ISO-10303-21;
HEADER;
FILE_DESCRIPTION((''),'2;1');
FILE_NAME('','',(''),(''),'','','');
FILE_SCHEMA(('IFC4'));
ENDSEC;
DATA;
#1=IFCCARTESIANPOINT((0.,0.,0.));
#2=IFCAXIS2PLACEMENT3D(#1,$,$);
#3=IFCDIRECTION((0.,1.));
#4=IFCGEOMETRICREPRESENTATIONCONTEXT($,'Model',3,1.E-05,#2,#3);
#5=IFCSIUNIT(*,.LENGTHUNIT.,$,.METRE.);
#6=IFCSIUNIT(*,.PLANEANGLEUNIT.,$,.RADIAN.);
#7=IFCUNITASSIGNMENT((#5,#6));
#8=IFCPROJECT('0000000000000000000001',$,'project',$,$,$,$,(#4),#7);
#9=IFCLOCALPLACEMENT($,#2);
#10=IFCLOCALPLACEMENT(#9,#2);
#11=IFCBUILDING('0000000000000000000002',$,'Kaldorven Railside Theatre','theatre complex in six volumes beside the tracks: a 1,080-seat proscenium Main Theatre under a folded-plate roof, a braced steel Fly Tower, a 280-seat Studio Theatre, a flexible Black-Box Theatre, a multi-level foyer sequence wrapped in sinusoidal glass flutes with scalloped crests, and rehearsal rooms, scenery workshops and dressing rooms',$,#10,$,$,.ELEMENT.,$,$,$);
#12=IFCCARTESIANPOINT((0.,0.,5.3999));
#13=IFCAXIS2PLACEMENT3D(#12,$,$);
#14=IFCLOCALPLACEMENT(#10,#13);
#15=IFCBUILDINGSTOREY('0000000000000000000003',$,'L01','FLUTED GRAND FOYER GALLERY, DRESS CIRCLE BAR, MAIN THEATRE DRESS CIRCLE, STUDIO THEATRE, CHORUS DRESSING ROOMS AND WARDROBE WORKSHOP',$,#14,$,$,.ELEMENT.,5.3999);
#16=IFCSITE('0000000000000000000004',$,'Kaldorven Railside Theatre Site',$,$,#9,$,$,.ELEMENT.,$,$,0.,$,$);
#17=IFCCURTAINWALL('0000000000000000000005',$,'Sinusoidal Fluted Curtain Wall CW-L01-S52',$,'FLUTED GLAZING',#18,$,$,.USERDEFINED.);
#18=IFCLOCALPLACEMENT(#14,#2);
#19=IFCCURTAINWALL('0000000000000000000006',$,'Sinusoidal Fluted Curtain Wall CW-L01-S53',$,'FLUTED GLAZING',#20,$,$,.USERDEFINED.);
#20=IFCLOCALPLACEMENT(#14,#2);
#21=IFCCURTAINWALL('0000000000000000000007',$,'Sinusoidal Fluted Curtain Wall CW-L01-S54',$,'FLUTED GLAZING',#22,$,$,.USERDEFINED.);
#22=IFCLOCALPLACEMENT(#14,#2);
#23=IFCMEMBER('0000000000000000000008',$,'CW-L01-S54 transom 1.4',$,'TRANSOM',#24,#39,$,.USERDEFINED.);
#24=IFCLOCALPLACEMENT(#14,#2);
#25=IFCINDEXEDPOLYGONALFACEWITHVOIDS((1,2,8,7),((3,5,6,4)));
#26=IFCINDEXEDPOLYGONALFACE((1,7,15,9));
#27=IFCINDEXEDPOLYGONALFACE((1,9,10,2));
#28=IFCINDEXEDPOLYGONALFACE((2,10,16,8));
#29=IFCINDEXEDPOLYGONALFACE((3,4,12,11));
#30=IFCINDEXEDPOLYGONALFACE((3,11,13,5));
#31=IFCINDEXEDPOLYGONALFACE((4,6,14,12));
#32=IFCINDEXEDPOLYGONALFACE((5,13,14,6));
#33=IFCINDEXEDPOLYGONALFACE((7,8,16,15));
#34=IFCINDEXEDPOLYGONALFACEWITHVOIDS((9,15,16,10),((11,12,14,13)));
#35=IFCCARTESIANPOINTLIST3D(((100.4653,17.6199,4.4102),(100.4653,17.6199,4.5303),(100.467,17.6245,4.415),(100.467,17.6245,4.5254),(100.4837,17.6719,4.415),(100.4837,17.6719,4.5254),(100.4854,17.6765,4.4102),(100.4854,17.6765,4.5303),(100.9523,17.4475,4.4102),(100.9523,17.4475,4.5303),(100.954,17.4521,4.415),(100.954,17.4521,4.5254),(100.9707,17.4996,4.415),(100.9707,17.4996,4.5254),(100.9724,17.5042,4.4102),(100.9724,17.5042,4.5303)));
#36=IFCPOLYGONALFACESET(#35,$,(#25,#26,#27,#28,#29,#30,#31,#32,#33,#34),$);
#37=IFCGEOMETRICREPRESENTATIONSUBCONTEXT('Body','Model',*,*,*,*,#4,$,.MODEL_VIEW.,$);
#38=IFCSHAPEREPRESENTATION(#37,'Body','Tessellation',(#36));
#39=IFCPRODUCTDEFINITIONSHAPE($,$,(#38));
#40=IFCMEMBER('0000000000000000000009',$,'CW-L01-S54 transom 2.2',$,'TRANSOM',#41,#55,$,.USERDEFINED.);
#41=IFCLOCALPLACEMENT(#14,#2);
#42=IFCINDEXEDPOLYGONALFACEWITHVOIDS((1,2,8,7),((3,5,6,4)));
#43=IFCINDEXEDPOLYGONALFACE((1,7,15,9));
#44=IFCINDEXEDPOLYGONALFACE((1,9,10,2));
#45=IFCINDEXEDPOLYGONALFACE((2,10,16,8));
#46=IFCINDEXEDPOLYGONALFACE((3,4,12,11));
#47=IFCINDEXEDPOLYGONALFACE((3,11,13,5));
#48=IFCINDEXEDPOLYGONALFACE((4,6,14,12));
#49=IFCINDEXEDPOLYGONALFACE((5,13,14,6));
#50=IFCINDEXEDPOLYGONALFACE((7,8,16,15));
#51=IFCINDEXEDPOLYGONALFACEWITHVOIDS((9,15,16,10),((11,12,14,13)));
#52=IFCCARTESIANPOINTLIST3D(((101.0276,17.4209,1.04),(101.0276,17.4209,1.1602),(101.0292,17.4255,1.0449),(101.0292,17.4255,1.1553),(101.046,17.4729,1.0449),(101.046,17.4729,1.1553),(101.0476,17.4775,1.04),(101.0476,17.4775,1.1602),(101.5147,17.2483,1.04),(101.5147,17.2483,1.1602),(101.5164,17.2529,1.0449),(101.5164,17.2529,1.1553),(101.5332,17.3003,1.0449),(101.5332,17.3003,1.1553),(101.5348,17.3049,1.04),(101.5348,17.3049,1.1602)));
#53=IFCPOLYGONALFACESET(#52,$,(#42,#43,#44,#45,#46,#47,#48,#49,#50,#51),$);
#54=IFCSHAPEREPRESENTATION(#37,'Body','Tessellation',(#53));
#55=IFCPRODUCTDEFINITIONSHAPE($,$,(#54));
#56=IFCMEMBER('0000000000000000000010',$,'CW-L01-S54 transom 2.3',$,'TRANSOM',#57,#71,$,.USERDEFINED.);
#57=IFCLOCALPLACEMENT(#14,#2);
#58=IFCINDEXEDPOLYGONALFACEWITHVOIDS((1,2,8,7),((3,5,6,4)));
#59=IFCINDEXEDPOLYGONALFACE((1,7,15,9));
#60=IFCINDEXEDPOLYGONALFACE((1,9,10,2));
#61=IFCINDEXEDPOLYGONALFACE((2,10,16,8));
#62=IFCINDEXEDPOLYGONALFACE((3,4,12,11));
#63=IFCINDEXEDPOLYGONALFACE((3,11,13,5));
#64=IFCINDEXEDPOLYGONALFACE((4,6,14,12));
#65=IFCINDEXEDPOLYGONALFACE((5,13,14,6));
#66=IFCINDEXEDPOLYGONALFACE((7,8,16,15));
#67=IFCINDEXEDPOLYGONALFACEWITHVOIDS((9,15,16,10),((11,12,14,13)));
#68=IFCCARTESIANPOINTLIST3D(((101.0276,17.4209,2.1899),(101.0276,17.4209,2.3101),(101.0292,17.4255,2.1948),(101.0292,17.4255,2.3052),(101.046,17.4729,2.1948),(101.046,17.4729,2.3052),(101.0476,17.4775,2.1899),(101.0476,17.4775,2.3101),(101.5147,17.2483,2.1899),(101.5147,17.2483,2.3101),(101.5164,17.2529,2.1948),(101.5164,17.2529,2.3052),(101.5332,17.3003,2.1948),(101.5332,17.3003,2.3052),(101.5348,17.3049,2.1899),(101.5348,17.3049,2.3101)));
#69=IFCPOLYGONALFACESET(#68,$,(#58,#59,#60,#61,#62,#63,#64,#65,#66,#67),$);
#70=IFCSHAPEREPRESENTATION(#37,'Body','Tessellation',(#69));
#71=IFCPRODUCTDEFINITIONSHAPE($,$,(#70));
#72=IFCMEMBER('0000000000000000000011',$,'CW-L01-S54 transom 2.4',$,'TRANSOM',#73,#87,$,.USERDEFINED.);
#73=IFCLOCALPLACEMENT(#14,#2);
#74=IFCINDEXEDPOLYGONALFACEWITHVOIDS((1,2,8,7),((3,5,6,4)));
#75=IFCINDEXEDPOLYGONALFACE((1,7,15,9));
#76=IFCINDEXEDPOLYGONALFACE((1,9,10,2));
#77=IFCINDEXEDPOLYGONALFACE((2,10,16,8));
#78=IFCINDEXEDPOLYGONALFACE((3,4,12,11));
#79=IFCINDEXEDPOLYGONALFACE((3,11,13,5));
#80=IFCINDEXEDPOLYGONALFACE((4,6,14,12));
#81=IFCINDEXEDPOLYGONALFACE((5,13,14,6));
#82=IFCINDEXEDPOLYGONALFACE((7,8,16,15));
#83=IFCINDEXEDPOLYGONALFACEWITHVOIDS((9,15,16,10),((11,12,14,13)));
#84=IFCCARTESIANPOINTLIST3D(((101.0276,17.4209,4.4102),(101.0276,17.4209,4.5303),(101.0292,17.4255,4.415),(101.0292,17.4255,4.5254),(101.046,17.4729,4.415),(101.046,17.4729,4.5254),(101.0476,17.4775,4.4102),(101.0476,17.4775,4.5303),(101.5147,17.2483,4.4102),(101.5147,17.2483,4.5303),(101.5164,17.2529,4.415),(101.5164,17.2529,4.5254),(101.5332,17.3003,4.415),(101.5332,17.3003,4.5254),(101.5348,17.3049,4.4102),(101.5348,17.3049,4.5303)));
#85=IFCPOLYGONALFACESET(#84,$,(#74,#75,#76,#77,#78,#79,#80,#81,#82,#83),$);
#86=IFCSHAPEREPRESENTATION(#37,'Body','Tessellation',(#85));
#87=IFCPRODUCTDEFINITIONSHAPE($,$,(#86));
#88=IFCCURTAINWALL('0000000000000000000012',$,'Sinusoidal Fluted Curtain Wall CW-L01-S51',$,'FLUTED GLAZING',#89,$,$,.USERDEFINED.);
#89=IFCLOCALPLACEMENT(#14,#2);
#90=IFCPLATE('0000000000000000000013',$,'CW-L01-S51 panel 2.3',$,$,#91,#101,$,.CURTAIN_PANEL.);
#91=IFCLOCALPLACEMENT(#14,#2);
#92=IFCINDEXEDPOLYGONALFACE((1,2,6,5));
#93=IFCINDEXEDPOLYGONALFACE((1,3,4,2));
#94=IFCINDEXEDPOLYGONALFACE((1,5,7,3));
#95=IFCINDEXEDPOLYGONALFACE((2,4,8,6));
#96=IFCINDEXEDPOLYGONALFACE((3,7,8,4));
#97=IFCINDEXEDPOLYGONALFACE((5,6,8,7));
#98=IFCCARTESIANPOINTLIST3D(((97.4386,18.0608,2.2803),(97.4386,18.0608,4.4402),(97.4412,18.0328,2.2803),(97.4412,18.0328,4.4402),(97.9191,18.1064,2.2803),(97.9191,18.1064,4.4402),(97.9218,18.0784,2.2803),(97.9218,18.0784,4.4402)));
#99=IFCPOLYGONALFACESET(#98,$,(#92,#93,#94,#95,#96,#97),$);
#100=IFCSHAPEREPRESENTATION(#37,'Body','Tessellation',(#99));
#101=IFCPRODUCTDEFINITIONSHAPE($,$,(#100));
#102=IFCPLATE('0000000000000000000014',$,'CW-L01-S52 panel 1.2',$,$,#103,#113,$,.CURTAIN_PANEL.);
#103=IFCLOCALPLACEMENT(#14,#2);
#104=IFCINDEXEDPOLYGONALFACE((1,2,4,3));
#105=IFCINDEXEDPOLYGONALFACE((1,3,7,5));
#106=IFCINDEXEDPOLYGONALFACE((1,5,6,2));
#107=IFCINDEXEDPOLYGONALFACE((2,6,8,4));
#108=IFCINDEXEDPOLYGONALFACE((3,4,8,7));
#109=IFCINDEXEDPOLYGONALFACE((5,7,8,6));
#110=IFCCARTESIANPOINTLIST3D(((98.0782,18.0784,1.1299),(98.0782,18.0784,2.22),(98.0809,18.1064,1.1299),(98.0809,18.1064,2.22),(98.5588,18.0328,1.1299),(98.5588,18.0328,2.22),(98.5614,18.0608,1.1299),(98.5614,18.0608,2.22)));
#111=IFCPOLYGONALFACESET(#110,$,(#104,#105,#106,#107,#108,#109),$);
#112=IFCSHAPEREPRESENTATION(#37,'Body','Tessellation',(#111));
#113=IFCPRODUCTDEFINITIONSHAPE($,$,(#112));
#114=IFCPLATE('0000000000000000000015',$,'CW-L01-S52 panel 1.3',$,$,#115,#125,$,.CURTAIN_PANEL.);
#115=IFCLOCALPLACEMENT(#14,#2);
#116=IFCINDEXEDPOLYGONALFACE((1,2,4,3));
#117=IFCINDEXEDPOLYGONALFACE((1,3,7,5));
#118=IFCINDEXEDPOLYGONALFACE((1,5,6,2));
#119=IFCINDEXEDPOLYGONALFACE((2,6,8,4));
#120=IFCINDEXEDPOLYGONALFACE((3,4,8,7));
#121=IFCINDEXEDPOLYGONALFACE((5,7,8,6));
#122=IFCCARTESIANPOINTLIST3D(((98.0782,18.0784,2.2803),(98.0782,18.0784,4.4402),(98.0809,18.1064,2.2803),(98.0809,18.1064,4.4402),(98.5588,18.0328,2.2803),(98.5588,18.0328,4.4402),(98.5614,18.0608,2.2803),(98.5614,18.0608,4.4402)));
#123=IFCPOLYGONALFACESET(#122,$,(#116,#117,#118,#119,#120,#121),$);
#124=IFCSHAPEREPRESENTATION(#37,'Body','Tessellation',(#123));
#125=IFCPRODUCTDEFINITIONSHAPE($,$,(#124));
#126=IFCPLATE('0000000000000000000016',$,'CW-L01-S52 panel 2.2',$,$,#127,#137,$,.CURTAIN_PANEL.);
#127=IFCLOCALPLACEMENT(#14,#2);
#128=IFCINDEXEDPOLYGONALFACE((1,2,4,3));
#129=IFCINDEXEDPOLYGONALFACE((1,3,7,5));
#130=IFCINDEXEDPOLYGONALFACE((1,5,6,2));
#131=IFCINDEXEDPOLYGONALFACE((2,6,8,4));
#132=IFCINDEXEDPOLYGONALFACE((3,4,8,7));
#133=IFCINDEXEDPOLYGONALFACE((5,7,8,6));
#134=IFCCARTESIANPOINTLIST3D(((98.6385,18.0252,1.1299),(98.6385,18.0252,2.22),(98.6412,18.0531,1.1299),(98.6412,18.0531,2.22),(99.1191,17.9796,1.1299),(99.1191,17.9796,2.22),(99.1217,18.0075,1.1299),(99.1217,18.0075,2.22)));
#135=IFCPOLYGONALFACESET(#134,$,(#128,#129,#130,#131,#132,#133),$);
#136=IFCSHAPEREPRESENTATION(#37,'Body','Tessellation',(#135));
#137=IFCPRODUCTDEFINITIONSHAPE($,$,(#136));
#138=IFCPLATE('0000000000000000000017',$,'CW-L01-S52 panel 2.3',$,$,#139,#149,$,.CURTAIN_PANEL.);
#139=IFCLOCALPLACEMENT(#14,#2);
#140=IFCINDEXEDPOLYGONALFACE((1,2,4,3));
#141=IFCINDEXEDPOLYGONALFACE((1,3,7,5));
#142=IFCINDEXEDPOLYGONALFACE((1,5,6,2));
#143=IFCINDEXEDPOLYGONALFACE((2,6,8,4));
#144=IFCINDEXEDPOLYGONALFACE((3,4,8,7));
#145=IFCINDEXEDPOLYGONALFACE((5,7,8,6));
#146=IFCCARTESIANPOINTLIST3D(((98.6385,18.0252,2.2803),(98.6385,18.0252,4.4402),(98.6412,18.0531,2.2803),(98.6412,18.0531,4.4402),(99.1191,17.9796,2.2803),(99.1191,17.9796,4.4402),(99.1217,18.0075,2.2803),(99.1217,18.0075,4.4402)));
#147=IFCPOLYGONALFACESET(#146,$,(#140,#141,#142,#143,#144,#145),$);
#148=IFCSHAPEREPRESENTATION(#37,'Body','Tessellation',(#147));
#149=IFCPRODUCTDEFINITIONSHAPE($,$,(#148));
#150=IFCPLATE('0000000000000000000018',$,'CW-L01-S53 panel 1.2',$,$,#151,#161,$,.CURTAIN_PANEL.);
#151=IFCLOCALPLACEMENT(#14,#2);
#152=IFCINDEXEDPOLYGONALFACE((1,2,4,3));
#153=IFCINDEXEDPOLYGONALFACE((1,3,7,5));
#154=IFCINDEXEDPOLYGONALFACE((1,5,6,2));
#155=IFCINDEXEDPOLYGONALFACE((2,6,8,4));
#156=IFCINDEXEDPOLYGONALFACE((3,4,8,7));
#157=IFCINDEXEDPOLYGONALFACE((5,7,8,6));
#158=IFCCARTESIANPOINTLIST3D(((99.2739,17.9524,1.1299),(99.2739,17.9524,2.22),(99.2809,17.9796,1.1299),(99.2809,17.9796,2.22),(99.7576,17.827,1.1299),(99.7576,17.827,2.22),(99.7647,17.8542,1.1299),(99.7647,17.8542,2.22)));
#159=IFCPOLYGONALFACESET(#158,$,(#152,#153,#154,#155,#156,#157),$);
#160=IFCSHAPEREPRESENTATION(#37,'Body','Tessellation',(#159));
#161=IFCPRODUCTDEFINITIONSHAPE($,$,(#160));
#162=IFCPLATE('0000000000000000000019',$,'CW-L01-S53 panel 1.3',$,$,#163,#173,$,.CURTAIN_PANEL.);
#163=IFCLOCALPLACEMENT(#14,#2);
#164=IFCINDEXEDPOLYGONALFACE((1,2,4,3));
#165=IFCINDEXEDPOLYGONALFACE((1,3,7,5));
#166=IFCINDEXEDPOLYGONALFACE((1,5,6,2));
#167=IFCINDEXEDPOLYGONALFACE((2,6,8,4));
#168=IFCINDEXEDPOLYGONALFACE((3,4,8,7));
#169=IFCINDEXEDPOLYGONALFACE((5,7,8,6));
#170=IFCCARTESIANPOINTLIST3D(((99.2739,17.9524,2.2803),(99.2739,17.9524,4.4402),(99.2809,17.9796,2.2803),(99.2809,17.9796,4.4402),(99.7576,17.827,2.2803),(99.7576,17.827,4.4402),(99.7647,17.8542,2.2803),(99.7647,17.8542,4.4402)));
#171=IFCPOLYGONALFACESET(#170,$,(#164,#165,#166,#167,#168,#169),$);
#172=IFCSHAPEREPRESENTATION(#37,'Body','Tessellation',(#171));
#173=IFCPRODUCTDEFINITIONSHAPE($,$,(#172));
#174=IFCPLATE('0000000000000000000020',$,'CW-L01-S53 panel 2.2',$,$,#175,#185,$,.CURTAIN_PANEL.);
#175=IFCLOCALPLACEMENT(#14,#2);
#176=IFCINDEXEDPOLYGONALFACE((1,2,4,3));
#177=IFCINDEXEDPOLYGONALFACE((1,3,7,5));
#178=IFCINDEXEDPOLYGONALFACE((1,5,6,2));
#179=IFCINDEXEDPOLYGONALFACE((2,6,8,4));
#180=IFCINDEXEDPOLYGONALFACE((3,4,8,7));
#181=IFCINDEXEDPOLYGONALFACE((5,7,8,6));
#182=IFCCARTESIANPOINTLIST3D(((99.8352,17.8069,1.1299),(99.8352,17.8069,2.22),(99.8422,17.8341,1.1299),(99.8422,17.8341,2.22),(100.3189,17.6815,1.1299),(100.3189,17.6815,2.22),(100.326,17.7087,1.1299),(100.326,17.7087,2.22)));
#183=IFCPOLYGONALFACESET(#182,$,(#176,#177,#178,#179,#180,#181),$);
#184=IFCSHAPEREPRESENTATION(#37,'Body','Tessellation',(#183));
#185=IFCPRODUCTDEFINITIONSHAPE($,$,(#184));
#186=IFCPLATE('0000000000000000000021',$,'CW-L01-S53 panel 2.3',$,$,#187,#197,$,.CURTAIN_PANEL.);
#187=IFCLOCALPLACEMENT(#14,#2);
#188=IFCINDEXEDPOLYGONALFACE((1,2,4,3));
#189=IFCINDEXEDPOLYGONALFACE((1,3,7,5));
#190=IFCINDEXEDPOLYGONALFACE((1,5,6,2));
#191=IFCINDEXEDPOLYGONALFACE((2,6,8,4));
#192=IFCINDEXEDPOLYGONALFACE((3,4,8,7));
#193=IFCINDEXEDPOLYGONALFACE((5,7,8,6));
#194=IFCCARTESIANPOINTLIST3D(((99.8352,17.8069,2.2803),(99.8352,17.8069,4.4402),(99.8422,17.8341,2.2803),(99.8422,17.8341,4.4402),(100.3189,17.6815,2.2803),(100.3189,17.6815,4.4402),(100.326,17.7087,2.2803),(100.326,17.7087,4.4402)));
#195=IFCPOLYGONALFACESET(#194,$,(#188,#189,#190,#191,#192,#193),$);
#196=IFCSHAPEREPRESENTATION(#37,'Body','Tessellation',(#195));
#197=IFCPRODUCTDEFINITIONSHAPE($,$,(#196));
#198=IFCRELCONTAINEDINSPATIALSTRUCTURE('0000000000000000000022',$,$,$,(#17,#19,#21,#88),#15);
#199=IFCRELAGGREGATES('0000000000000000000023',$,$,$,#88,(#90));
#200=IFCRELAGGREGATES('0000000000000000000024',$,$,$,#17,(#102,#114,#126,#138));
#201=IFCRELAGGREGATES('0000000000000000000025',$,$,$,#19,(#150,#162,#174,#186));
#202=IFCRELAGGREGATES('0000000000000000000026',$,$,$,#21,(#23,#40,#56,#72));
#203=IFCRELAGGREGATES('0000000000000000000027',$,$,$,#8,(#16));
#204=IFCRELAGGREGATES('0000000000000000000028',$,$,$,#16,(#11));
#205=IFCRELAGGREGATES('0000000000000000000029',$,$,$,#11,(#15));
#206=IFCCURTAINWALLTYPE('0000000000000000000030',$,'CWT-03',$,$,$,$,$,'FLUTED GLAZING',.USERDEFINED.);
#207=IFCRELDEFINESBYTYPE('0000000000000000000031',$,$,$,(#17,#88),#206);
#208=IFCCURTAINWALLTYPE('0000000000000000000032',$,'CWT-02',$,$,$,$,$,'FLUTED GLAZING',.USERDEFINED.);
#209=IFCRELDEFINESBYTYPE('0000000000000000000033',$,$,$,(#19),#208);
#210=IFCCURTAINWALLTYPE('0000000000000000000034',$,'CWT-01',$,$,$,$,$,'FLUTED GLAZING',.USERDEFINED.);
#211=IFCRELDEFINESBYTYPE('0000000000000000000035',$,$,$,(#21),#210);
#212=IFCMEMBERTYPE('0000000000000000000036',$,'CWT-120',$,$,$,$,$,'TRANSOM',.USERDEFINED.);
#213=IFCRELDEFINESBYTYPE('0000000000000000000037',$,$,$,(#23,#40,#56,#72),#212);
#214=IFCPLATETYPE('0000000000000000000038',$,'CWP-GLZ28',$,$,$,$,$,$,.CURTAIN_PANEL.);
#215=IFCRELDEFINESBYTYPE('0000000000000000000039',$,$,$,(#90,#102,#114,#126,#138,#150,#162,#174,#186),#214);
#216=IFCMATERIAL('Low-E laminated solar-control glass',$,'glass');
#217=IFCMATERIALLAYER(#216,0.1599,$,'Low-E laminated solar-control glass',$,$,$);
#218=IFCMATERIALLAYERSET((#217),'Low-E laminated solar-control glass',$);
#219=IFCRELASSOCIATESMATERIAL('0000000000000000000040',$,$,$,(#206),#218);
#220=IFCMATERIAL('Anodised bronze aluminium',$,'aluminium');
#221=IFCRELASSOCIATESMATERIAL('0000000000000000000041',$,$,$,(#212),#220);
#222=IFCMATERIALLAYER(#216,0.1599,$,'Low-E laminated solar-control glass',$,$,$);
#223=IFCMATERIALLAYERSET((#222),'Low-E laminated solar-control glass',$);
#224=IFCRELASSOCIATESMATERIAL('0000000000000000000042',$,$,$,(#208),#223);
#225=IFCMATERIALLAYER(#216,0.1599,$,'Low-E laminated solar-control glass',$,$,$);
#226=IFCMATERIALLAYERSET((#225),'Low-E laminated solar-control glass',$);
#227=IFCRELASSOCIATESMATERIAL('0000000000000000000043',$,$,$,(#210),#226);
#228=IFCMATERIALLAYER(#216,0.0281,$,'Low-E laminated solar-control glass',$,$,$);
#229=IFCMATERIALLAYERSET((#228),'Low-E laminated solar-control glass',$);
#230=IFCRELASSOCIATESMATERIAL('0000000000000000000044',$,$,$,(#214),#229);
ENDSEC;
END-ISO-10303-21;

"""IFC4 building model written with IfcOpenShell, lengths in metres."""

from ifc_helpers import new_model, si_unit, direction, frame, origin, origin_2d, place, context, subcontext, project, spatial, rectangle, hollow_rectangle, extrude, material, layer, layer_set, material_profile, profile_set, type_object, element, aggregate, save


model = new_model("IFC4")

# Units and contexts
model_context = context("Model", 3, precision=1e-05, world=origin(), true_north=direction((0.0, 1.0)))
body_context = subcontext(model_context, "Body", "Model", "MODEL_VIEW")
ifc_project = project(units=[si_unit("LENGTHUNIT", "METRE"), si_unit("PLANEANGLEUNIT", "RADIAN")], contexts=[model_context])

# Site, building, storey
site_placement = place(None, origin())
site = spatial("IfcSite", under=ifc_project, at=site_placement, Name="Kaldorven Railside Theatre Site", CompositionType="ELEMENT", RefElevation=0.0)
building_placement = place(site_placement, origin())
building = spatial("IfcBuilding", under=site, at=building_placement, Name="Kaldorven Railside Theatre", Description="theatre complex in six volumes beside the tracks: a 1,080-seat proscenium Main Theatre under a folded-plate roof, a braced steel Fly Tower, a 280-seat Studio Theatre, a flexible Black-Box Theatre, a multi-level foyer sequence wrapped in sinusoidal glass flutes with scalloped crests, and rehearsal rooms, scenery workshops and dressing rooms", CompositionType="ELEMENT")
storey_placement = place(building_placement, frame((0.0, 0.0, 5.3999)))
storey = spatial("IfcBuildingStorey", under=building, at=storey_placement, Name="L01", Description="FLUTED GRAND FOYER GALLERY, DRESS CIRCLE BAR, MAIN THEATRE DRESS CIRCLE, STUDIO THEATRE, CHORUS DRESSING ROOMS AND WARDROBE WORKSHOP", CompositionType="ELEMENT", Elevation=5.3999)

# Curtain walls, members
ifc_material_1 = material(Name="Low-E laminated solar-control glass", Category="glass")
ifc_layer_1 = layer(ifc_material_1, 0.1599, Name="Low-E laminated solar-control glass")
ifc_layer_set_1 = layer_set([ifc_layer_1], Name="Low-E laminated solar-control glass")
curtain_wall_type_1 = type_object("IfcCurtainWallType", Name="CWT-03", ElementType="FLUTED GLAZING", PredefinedType="USERDEFINED", material=ifc_layer_set_1)
curtain_wall_1_placement = place(storey_placement, origin())
curtain_wall_1 = element("IfcCurtainWall", 1, at=curtain_wall_1_placement, inside=storey, type_object=curtain_wall_type_1, Name="Sinusoidal Fluted Curtain Wall CW-L01-S52", ObjectType="FLUTED GLAZING", PredefinedType="USERDEFINED")
ifc_material_2 = material(Name="Anodised bronze aluminium", Category="aluminium")
ifc_material_profile = material_profile(ifc_material_2, hollow_rectangle(XDim=0.0601, YDim=0.1201, WallThickness=0.0049, at=origin_2d()), Name="RHS 120x60x5")
ifc_profile_set = profile_set([ifc_material_profile], Name="Anodised bronze aluminium")
member_type = type_object("IfcMemberType", Name="CWT-120", ElementType="TRANSOM", PredefinedType="USERDEFINED", material=ifc_profile_set)
ifc_layer_2 = layer(ifc_material_1, 0.1599, Name="Low-E laminated solar-control glass")
ifc_layer_set_2 = layer_set([ifc_layer_2], Name="Low-E laminated solar-control glass")
curtain_wall_type_2 = type_object("IfcCurtainWallType", Name="CWT-02", ElementType="FLUTED GLAZING", PredefinedType="USERDEFINED", material=ifc_layer_set_2)
curtain_wall_2_placement = place(storey_placement, origin())
curtain_wall_2 = element("IfcCurtainWall", 2, at=curtain_wall_2_placement, inside=storey, type_object=curtain_wall_type_2, Name="Sinusoidal Fluted Curtain Wall CW-L01-S53", ObjectType="FLUTED GLAZING", PredefinedType="USERDEFINED")
ifc_layer_3 = layer(ifc_material_1, 0.1599, Name="Low-E laminated solar-control glass")
ifc_layer_set_3 = layer_set([ifc_layer_3], Name="Low-E laminated solar-control glass")
curtain_wall_type_3 = type_object("IfcCurtainWallType", Name="CWT-01", ElementType="FLUTED GLAZING", PredefinedType="USERDEFINED", material=ifc_layer_set_3)
curtain_wall_3_placement = place(storey_placement, origin())
curtain_wall_3 = element("IfcCurtainWall", 3, at=curtain_wall_3_placement, inside=storey, type_object=curtain_wall_type_3, Name="Sinusoidal Fluted Curtain Wall CW-L01-S54", ObjectType="FLUTED GLAZING", PredefinedType="USERDEFINED")
member_1_placement = place(storey_placement, frame((100.4753, 17.6482, 4.4702), z_axis=(0.942711, -0.333611, 0.0), x_axis=(0.333611, 0.942711, 0.0)))
member_1 = element("IfcMember", 4, at=member_1_placement, type_object=member_type, Name="CW-L01-S54 transom 1.4", ObjectType="TRANSOM", PredefinedType="USERDEFINED", context=body_context, shape_type="SweptSolid", body=[
    extrude(hollow_rectangle(XDim=0.0601, YDim=0.1201, WallThickness=0.0049, at=origin_2d()), origin(), (0.0, 0.0, 1.0), 0.5166),
])
member_2_placement = place(storey_placement, frame((101.0376, 17.4492, 1.1001), z_axis=(0.942562, -0.334031, 0.0), x_axis=(0.334031, 0.942562, 0.0)))
member_2 = element("IfcMember", 5, at=member_2_placement, type_object=member_type, Name="CW-L01-S54 transom 2.2", ObjectType="TRANSOM", PredefinedType="USERDEFINED", context=body_context, shape_type="SweptSolid", body=[
    extrude(hollow_rectangle(XDim=0.0601, YDim=0.1201, WallThickness=0.0049, at=origin_2d()), origin(), (0.0, 0.0, 1.0), 0.5168),
])
member_3_placement = place(storey_placement, frame((101.0376, 17.4492, 2.25), z_axis=(0.942562, -0.334031, 0.0), x_axis=(0.334031, 0.942562, 0.0)))
member_3 = element("IfcMember", 6, at=member_3_placement, type_object=member_type, Name="CW-L01-S54 transom 2.3", ObjectType="TRANSOM", PredefinedType="USERDEFINED", context=body_context, shape_type="SweptSolid", body=[
    extrude(hollow_rectangle(XDim=0.0601, YDim=0.1201, WallThickness=0.0049, at=origin_2d()), origin(), (0.0, 0.0, 1.0), 0.5168),
])
member_4_placement = place(storey_placement, frame((101.0376, 17.4492, 4.4702), z_axis=(0.942562, -0.334031, 0.0), x_axis=(0.334031, 0.942562, 0.0)))
member_4 = element("IfcMember", 7, at=member_4_placement, type_object=member_type, Name="CW-L01-S54 transom 2.4", ObjectType="TRANSOM", PredefinedType="USERDEFINED", context=body_context, shape_type="SweptSolid", body=[
    extrude(hollow_rectangle(XDim=0.0601, YDim=0.1201, WallThickness=0.0049, at=origin_2d()), origin(), (0.0, 0.0, 1.0), 0.5168),
])

# Curtain wall, plate
curtain_wall_4_placement = place(storey_placement, origin())
curtain_wall_4 = element("IfcCurtainWall", 8, at=curtain_wall_4_placement, inside=storey, type_object=curtain_wall_type_1, Name="Sinusoidal Fluted Curtain Wall CW-L01-S51", ObjectType="FLUTED GLAZING", PredefinedType="USERDEFINED")
ifc_layer_4 = layer(ifc_material_1, 0.0281, Name="Low-E laminated solar-control glass")
ifc_layer_set_4 = layer_set([ifc_layer_4], Name="Low-E laminated solar-control glass")
plate_type = type_object("IfcPlateType", Name="CWP-GLZ28", PredefinedType="CURTAIN_PANEL", material=ifc_layer_set_4)
plate_1_placement = place(storey_placement, frame((97.6802, 18.0696, 2.2803), z_axis=(0.0, 0.0, 1.0), x_axis=(0.995526, 0.094492, 0.0)))
plate_1 = element("IfcPlate", 9, at=plate_1_placement, type_object=plate_type, Name="CW-L01-S51 panel 2.3", PredefinedType="CURTAIN_PANEL", context=body_context, shape_type="SweptSolid", body=[
    extrude(rectangle(XDim=0.4827, YDim=0.0281, at=origin_2d()), origin(), (0.0, 0.0, 1.0), 2.1599),
])
aggregate(curtain_wall_4, [plate_1])

# Plates
plate_2_placement = place(storey_placement, frame((98.3198, 18.0696, 1.1299), z_axis=(0.0, 0.0, 1.0), x_axis=(0.995526, -0.094492, 0.0)))
plate_2 = element("IfcPlate", 10, at=plate_2_placement, type_object=plate_type, Name="CW-L01-S52 panel 1.2", PredefinedType="CURTAIN_PANEL", context=body_context, shape_type="SweptSolid", body=[
    extrude(rectangle(XDim=0.4827, YDim=0.0281, at=origin_2d()), origin(), (0.0, 0.0, 1.0), 1.0901),
])
plate_3_placement = place(storey_placement, frame((98.3198, 18.0696, 2.2803), z_axis=(0.0, 0.0, 1.0), x_axis=(0.995526, -0.094492, 0.0)))
plate_3 = element("IfcPlate", 11, at=plate_3_placement, type_object=plate_type, Name="CW-L01-S52 panel 1.3", PredefinedType="CURTAIN_PANEL", context=body_context, shape_type="SweptSolid", body=[
    extrude(rectangle(XDim=0.4827, YDim=0.0281, at=origin_2d()), origin(), (0.0, 0.0, 1.0), 2.1599),
])
plate_4_placement = place(storey_placement, frame((98.8801, 18.0164, 1.1299), z_axis=(0.0, 0.0, 1.0), x_axis=(0.995526, -0.094492, 0.0)))
plate_4 = element("IfcPlate", 12, at=plate_4_placement, type_object=plate_type, Name="CW-L01-S52 panel 2.2", PredefinedType="CURTAIN_PANEL", context=body_context, shape_type="SweptSolid", body=[
    extrude(rectangle(XDim=0.4827, YDim=0.0281, at=origin_2d()), origin(), (0.0, 0.0, 1.0), 1.0901),
])
plate_5_placement = place(storey_placement, frame((98.8801, 18.0164, 2.2803), z_axis=(0.0, 0.0, 1.0), x_axis=(0.995526, -0.094492, 0.0)))
plate_5 = element("IfcPlate", 13, at=plate_5_placement, type_object=plate_type, Name="CW-L01-S52 panel 2.3", PredefinedType="CURTAIN_PANEL", context=body_context, shape_type="SweptSolid", body=[
    extrude(rectangle(XDim=0.4827, YDim=0.0281, at=origin_2d()), origin(), (0.0, 0.0, 1.0), 2.1599),
])
aggregate(curtain_wall_1, [plate_2, plate_3, plate_4, plate_5])
plate_6_placement = place(storey_placement, frame((99.5193, 17.9033, 1.1299), z_axis=(0.0, 0.0, 1.0), x_axis=(0.967999, -0.250954, 0.0)))
plate_6 = element("IfcPlate", 14, at=plate_6_placement, type_object=plate_type, Name="CW-L01-S53 panel 1.2", PredefinedType="CURTAIN_PANEL", context=body_context, shape_type="SweptSolid", body=[
    extrude(rectangle(XDim=0.4998, YDim=0.0281, at=origin_2d()), origin(), (0.0, 0.0, 1.0), 1.0901),
])
plate_7_placement = place(storey_placement, frame((99.5193, 17.9033, 2.2803), z_axis=(0.0, 0.0, 1.0), x_axis=(0.967999, -0.250954, 0.0)))
plate_7 = element("IfcPlate", 15, at=plate_7_placement, type_object=plate_type, Name="CW-L01-S53 panel 1.3", PredefinedType="CURTAIN_PANEL", context=body_context, shape_type="SweptSolid", body=[
    extrude(rectangle(XDim=0.4998, YDim=0.0281, at=origin_2d()), origin(), (0.0, 0.0, 1.0), 2.1599),
])
plate_8_placement = place(storey_placement, frame((100.0806, 17.7578, 1.1299), z_axis=(0.0, 0.0, 1.0), x_axis=(0.967999, -0.250954, 0.0)))
plate_8 = element("IfcPlate", 16, at=plate_8_placement, type_object=plate_type, Name="CW-L01-S53 panel 2.2", PredefinedType="CURTAIN_PANEL", context=body_context, shape_type="SweptSolid", body=[
    extrude(rectangle(XDim=0.4998, YDim=0.0281, at=origin_2d()), origin(), (0.0, 0.0, 1.0), 1.0901),
])
plate_9_placement = place(storey_placement, frame((100.0806, 17.7578, 2.2803), z_axis=(0.0, 0.0, 1.0), x_axis=(0.967999, -0.250954, 0.0)))
plate_9 = element("IfcPlate", 17, at=plate_9_placement, type_object=plate_type, Name="CW-L01-S53 panel 2.3", PredefinedType="CURTAIN_PANEL", context=body_context, shape_type="SweptSolid", body=[
    extrude(rectangle(XDim=0.4998, YDim=0.0281, at=origin_2d()), origin(), (0.0, 0.0, 1.0), 2.1599),
])
aggregate(curtain_wall_2, [plate_6, plate_7, plate_8, plate_9])
aggregate(curtain_wall_3, [member_1, member_2, member_3, member_4])

save(model, "model.ifc")
